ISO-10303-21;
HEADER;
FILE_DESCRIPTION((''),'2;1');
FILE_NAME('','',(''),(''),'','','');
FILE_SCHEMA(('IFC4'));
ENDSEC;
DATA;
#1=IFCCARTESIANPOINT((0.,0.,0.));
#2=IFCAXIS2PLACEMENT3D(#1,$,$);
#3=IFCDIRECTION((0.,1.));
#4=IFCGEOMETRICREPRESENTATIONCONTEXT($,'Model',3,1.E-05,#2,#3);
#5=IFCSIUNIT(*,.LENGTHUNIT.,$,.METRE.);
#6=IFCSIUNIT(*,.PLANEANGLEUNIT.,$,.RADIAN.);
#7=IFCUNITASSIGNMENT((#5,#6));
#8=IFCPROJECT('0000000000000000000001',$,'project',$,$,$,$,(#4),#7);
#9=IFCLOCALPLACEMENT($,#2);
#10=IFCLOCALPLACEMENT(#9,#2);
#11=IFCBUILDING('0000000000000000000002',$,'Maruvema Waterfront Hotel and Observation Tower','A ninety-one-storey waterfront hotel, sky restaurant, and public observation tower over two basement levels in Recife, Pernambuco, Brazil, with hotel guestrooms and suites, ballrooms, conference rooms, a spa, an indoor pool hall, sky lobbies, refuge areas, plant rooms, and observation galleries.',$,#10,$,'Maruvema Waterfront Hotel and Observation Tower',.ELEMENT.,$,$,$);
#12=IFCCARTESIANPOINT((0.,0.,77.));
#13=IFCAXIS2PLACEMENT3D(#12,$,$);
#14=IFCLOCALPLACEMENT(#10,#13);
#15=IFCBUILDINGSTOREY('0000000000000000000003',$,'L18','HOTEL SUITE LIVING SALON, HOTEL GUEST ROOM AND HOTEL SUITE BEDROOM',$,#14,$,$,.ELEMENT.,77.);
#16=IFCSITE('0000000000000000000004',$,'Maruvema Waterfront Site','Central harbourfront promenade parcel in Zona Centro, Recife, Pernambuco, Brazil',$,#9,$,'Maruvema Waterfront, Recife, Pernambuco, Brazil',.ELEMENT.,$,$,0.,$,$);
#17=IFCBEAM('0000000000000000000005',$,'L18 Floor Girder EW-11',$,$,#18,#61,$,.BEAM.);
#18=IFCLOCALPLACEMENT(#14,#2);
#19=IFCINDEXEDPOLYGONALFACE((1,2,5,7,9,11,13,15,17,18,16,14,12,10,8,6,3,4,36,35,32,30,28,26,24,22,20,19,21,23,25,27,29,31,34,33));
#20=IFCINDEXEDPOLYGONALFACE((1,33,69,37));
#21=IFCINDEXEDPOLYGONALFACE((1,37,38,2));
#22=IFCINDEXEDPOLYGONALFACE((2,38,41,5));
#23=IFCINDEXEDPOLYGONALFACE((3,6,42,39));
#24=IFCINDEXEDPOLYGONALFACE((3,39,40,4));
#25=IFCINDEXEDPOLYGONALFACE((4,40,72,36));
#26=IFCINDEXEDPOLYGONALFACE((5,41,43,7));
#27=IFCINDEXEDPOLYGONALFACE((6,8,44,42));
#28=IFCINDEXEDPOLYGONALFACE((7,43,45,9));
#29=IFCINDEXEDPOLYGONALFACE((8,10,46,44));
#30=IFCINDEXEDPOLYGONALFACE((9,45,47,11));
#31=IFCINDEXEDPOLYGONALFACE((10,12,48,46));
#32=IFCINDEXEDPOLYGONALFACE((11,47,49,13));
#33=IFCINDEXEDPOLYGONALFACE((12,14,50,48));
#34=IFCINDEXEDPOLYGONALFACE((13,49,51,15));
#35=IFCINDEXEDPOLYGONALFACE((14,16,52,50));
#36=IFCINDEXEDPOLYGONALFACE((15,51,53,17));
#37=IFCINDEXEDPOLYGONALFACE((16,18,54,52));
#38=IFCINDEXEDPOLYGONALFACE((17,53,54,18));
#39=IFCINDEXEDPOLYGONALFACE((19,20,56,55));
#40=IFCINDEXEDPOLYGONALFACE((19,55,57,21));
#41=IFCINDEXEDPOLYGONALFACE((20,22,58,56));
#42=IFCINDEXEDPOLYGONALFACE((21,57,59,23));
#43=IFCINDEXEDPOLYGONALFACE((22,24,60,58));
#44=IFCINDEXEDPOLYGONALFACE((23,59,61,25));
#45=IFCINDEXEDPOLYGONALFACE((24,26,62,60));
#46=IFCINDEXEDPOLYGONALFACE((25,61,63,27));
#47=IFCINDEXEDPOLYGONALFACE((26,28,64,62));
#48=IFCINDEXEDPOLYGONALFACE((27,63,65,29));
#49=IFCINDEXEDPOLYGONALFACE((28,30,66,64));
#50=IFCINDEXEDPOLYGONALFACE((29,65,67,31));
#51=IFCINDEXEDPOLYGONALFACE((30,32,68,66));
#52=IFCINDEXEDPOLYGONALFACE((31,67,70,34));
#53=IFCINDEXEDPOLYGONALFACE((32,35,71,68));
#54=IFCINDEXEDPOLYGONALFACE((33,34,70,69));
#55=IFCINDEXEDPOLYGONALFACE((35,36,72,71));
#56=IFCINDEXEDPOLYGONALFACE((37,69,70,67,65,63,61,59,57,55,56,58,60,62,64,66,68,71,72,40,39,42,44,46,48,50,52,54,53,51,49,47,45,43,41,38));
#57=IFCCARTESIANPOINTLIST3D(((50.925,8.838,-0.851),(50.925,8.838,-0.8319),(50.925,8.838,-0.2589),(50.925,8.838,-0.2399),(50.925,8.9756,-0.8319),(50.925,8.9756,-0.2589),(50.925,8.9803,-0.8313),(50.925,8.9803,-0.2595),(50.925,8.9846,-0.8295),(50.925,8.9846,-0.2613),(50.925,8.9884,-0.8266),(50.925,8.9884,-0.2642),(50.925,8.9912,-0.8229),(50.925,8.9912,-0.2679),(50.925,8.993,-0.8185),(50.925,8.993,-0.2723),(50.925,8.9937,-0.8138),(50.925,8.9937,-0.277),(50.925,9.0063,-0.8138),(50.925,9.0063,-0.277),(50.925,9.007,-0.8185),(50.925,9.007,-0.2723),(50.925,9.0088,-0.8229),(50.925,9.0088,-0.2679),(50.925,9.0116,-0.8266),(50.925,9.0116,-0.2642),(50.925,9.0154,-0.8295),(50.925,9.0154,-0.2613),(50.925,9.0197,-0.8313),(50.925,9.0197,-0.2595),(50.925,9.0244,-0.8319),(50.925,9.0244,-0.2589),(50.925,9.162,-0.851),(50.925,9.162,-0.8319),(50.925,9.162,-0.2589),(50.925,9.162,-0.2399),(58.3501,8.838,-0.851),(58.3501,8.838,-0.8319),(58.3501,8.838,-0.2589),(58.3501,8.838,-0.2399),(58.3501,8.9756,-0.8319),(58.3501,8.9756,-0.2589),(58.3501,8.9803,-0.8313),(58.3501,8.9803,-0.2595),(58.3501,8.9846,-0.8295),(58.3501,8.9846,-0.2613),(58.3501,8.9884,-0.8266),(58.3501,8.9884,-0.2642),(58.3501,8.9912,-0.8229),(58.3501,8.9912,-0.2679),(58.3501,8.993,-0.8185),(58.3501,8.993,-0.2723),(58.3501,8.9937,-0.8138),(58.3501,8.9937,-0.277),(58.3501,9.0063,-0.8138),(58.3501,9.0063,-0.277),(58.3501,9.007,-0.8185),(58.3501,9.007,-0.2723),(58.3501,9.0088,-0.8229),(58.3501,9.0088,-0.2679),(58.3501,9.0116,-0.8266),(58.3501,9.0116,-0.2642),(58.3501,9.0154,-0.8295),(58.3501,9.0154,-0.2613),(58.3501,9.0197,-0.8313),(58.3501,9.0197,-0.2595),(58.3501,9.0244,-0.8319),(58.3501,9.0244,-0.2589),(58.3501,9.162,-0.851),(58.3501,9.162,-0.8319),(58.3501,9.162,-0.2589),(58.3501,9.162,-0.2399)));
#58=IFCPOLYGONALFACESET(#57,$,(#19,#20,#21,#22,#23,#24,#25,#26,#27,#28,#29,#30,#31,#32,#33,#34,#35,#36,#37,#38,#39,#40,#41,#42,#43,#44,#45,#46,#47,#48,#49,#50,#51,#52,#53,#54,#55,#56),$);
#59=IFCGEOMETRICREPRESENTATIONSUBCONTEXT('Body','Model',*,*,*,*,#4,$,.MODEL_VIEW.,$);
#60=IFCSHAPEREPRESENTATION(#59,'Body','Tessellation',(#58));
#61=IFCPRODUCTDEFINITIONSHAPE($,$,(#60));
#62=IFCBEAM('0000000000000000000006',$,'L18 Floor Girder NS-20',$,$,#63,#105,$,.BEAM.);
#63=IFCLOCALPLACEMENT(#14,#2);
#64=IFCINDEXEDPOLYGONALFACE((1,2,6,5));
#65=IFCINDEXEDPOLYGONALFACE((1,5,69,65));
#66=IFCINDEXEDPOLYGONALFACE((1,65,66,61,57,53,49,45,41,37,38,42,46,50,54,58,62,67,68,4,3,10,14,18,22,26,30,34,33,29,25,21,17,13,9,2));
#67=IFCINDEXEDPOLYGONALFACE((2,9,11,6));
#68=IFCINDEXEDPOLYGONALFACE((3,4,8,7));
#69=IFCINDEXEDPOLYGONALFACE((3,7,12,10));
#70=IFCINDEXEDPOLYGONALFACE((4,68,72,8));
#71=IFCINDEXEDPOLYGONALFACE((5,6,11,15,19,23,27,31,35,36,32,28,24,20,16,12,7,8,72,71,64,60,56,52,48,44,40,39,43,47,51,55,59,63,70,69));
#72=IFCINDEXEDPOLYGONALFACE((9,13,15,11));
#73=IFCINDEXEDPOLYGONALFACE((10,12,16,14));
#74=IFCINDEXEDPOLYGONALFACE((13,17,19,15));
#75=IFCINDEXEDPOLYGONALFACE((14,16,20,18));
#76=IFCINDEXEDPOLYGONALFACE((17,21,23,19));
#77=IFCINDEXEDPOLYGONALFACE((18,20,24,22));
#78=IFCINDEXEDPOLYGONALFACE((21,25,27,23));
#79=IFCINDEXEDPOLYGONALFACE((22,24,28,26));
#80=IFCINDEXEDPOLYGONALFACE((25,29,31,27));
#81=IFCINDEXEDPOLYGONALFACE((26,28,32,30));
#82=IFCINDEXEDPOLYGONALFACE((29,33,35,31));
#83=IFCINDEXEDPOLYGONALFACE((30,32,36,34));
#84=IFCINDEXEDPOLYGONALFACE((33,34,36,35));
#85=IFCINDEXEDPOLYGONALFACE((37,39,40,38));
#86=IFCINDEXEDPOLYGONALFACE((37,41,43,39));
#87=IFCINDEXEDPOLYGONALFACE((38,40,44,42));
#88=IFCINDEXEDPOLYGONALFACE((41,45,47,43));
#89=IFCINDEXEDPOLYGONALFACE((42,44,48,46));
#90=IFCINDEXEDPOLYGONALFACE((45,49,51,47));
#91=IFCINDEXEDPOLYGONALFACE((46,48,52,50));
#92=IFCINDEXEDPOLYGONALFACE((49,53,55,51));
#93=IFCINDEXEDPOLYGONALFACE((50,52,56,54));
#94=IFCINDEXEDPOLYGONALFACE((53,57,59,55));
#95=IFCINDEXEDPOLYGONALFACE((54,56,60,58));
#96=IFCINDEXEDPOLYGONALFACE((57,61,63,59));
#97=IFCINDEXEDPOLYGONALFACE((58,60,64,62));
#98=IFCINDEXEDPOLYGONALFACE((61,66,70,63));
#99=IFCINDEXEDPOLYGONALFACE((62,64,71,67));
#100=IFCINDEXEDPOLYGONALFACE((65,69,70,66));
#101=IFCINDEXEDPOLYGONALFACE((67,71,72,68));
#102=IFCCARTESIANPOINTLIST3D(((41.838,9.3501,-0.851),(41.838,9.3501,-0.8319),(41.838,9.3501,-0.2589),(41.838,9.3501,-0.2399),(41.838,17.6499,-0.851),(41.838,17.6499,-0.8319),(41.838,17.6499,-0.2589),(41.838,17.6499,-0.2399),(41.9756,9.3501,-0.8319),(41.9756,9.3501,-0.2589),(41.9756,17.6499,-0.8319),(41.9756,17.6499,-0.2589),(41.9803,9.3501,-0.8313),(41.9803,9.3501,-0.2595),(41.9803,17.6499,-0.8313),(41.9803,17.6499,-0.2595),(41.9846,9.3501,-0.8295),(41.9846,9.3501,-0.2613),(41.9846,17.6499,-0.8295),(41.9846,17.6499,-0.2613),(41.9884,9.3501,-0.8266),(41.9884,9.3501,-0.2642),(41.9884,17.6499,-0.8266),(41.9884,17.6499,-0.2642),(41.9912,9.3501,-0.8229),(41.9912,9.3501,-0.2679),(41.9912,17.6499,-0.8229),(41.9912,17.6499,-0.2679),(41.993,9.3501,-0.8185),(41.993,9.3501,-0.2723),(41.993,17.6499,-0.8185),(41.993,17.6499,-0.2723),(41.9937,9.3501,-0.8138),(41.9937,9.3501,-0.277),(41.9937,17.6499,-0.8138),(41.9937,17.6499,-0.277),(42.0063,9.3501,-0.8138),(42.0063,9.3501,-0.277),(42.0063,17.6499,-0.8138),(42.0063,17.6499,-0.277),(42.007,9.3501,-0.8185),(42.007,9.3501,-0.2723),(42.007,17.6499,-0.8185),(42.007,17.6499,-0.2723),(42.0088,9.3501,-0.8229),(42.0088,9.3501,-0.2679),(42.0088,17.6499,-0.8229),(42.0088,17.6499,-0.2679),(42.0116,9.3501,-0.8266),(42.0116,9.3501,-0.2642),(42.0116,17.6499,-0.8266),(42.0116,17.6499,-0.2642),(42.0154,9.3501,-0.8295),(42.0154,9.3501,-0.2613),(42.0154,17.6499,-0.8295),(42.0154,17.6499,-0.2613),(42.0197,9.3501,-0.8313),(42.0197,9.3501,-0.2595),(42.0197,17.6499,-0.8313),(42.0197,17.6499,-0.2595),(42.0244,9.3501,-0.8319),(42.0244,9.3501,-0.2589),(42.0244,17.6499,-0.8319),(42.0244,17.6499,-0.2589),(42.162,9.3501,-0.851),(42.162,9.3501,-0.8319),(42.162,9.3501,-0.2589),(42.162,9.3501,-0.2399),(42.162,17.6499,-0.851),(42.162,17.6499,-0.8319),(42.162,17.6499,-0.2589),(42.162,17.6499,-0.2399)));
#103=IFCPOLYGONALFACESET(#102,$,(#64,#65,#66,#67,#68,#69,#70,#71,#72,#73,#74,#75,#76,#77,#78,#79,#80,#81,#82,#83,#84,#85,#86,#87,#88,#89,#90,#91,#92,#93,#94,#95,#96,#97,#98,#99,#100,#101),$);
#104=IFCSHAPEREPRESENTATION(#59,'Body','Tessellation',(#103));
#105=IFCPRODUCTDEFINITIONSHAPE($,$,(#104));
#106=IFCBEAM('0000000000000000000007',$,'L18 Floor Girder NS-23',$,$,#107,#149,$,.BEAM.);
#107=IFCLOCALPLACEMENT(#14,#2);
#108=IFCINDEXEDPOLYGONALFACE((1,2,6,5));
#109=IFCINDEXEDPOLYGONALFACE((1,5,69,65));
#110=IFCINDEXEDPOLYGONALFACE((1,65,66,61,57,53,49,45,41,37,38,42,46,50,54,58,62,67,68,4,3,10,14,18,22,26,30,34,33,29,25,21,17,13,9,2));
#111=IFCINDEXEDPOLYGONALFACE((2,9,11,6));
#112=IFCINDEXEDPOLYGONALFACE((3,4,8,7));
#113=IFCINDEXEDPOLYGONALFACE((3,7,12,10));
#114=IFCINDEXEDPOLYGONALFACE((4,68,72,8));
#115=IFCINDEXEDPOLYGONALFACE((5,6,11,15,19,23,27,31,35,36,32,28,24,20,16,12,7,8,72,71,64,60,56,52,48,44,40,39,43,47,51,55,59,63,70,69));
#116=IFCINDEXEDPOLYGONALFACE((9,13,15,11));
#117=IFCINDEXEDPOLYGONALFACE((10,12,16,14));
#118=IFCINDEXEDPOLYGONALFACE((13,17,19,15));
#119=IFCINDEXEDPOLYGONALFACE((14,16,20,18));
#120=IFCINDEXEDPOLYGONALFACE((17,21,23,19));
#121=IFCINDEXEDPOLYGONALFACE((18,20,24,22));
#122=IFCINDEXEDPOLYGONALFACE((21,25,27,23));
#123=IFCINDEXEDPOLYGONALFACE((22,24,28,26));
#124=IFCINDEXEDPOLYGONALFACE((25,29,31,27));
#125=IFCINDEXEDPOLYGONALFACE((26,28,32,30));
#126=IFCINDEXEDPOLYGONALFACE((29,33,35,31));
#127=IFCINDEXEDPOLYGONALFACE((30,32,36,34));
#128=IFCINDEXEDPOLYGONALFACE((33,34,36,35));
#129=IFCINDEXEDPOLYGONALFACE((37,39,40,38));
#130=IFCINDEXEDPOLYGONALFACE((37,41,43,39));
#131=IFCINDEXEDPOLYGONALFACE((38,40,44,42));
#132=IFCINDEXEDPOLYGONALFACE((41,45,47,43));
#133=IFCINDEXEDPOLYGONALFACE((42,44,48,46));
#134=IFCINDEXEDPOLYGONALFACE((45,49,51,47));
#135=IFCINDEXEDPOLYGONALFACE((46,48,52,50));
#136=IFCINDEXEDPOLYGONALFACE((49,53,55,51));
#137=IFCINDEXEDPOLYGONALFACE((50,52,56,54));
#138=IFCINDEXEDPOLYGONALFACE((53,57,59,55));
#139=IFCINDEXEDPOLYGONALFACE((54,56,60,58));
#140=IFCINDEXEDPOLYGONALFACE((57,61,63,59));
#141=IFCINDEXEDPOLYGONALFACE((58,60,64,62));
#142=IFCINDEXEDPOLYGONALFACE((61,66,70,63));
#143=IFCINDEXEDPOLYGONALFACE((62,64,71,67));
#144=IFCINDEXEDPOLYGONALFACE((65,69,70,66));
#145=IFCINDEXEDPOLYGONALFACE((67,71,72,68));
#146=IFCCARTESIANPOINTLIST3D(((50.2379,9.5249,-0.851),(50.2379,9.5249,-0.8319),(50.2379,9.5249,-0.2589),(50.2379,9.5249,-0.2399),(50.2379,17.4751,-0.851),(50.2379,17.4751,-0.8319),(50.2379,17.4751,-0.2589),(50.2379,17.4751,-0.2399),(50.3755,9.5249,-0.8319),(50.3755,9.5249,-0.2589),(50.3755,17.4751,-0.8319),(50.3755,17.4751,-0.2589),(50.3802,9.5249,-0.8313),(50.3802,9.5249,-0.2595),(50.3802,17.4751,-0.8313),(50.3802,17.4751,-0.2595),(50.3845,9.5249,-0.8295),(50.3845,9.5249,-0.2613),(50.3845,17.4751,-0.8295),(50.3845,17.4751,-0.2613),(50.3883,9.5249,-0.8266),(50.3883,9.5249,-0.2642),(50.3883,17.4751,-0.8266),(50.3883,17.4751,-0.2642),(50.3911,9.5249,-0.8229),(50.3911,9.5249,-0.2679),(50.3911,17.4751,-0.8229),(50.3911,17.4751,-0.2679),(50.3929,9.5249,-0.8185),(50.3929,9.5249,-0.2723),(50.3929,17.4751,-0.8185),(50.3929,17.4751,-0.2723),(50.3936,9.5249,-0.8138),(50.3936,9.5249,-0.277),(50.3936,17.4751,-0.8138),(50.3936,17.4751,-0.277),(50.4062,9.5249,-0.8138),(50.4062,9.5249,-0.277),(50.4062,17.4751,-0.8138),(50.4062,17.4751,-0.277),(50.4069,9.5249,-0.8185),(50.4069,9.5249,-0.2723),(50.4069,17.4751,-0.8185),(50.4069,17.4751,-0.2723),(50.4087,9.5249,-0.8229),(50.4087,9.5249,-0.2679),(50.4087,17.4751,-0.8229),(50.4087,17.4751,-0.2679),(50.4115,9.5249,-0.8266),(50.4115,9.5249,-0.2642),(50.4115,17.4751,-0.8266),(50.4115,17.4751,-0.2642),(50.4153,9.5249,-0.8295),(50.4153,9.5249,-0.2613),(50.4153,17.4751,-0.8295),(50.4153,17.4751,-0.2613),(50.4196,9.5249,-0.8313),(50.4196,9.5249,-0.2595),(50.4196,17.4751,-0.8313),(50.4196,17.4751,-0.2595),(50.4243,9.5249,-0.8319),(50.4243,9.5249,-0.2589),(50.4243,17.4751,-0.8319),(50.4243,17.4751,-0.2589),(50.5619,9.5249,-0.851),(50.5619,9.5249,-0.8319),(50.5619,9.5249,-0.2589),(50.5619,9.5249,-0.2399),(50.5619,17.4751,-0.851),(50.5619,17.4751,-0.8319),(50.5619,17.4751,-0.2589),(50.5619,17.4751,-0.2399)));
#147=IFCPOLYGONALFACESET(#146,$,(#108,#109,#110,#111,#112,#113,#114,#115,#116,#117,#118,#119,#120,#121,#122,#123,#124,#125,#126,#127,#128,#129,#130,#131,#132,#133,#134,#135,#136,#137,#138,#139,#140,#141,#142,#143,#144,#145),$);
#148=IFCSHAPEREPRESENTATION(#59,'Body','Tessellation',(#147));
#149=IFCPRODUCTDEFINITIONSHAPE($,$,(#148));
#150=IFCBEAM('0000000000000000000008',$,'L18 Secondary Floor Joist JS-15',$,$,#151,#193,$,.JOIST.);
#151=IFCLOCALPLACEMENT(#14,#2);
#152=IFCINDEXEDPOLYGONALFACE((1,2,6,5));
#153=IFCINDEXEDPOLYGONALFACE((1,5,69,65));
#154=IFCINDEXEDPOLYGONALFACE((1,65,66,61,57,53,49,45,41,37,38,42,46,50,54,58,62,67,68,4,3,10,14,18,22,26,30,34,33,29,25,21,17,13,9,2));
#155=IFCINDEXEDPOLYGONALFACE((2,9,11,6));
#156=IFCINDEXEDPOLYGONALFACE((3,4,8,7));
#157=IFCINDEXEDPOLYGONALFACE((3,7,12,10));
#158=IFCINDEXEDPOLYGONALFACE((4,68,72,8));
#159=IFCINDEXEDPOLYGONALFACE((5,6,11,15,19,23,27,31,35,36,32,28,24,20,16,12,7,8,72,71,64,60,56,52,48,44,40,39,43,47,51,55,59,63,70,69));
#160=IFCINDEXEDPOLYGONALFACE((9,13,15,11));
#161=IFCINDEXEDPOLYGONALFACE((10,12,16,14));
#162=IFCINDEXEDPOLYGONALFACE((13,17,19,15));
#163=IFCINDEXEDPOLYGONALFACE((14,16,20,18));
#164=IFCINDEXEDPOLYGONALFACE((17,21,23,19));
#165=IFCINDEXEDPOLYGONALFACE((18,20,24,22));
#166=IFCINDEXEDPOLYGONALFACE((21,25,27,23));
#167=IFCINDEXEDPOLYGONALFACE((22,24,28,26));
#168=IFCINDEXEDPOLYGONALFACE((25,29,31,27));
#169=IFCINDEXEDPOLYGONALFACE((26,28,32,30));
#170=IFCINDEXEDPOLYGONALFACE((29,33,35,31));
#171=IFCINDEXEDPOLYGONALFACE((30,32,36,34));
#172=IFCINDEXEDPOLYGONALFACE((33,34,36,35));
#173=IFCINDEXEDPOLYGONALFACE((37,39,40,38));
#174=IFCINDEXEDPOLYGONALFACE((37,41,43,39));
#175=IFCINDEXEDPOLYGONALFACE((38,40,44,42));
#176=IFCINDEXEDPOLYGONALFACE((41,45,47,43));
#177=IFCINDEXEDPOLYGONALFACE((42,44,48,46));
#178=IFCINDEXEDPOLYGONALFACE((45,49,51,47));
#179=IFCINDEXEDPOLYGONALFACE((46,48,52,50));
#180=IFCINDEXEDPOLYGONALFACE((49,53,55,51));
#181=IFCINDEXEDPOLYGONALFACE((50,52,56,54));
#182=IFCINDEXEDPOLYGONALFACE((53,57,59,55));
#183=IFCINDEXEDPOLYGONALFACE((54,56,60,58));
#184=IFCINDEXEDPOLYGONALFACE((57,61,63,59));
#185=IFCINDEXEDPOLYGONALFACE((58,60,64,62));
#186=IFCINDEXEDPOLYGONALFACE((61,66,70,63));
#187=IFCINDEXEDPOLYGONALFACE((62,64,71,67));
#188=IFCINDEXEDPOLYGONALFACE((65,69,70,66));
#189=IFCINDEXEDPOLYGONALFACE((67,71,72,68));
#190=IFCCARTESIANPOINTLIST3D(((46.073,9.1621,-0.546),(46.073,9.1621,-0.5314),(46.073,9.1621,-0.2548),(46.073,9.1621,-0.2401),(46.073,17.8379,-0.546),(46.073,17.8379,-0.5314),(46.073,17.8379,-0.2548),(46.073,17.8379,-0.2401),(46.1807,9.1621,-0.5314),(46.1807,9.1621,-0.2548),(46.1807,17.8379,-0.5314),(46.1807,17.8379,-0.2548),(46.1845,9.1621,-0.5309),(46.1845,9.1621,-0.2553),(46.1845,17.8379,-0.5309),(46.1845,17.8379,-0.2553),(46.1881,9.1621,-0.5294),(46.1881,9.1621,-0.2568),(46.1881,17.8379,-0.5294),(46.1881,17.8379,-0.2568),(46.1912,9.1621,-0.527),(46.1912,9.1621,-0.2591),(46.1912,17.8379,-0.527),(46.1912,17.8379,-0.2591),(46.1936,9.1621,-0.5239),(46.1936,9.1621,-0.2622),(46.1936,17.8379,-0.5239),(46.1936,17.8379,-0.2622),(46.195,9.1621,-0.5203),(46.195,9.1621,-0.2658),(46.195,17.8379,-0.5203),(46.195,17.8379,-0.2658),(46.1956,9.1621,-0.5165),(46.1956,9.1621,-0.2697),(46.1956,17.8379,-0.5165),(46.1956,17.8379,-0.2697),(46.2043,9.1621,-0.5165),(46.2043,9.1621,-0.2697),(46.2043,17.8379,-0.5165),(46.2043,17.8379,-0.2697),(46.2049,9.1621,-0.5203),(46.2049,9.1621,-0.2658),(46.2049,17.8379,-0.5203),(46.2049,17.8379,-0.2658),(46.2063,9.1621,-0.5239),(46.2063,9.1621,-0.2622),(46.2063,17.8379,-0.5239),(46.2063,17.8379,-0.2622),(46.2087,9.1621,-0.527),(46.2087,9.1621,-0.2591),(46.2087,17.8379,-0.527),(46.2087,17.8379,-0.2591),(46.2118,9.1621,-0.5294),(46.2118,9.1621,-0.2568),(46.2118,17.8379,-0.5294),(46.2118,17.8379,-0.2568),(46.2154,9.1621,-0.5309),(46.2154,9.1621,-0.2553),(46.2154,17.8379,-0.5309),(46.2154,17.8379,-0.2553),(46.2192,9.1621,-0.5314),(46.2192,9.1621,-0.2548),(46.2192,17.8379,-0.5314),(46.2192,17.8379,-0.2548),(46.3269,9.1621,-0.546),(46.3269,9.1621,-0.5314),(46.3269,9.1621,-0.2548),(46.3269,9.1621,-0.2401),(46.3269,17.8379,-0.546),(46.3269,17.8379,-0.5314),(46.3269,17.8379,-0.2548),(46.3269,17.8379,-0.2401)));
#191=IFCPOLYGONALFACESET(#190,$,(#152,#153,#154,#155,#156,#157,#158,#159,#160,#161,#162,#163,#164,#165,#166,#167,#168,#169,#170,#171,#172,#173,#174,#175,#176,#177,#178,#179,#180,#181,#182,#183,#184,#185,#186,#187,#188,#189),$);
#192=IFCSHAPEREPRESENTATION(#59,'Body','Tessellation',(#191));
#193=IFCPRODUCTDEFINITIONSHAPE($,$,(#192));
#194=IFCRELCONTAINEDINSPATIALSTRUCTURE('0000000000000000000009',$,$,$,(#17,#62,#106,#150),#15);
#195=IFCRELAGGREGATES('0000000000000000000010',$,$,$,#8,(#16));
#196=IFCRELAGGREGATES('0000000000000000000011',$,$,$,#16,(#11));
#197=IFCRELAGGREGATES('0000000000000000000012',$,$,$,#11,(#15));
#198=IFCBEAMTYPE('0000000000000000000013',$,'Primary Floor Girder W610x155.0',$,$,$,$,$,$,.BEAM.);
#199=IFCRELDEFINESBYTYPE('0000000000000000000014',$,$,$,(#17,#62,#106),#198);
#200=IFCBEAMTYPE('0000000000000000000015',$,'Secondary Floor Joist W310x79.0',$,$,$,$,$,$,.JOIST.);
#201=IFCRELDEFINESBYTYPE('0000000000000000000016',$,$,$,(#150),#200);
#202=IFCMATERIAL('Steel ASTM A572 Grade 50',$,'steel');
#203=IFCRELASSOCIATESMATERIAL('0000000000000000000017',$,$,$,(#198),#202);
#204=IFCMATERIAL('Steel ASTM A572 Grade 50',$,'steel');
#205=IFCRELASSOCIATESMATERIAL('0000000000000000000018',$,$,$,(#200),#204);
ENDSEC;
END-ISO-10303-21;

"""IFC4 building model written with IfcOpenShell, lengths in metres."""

from ifc_helpers import new_model, si_unit, direction, frame, origin, origin_2d, place, context, subcontext, project, spatial, i_section, extrude, material, material_profile, profile_set, type_object, element, save


model = new_model("IFC4")

# Units and contexts
model_context = context("Model", 3, precision=1e-05, world=origin(), true_north=direction((0.0, 1.0)))
body_context = subcontext(model_context, "Body", "Model", "MODEL_VIEW")
ifc_project = project(units=[si_unit("LENGTHUNIT", "METRE"), si_unit("PLANEANGLEUNIT", "RADIAN")], contexts=[model_context])

# Site, building, storey
site_placement = place(None, origin())
site = spatial("IfcSite", under=ifc_project, at=site_placement, Name="Maruvema Waterfront Site", Description="Central harbourfront promenade parcel in Zona Centro, Recife, Pernambuco, Brazil", LongName="Maruvema Waterfront, Recife, Pernambuco, Brazil", CompositionType="ELEMENT", RefElevation=0.0)
building_placement = place(site_placement, origin())
building = spatial("IfcBuilding", under=site, at=building_placement, Name="Maruvema Waterfront Hotel and Observation Tower", Description="A ninety-one-storey waterfront hotel, sky restaurant, and public observation tower over two basement levels in Recife, Pernambuco, Brazil, with hotel guestrooms and suites, ballrooms, conference rooms, a spa, an indoor pool hall, sky lobbies, refuge areas, plant rooms, and observation galleries.", LongName="Maruvema Waterfront Hotel and Observation Tower", CompositionType="ELEMENT")
storey_placement = place(building_placement, frame((0.0, 0.0, 77.0)))
storey = spatial("IfcBuildingStorey", under=building, at=storey_placement, Name="L18", Description="HOTEL SUITE LIVING SALON, HOTEL GUEST ROOM AND HOTEL SUITE BEDROOM", CompositionType="ELEMENT", Elevation=77.0)

# Beams
ifc_material_1 = material(Name="Steel ASTM A572 Grade 50", Category="steel")
ifc_material_profile_1 = material_profile(ifc_material_1, i_section(OverallWidth=0.324, OverallDepth=0.6111, WebThickness=0.0127, FlangeThickness=0.019, FilletRadius=0.0181, at=origin_2d()), Name="W610x155.0")
ifc_profile_set_1 = profile_set([ifc_material_profile_1], Name="Steel ASTM A572 Grade 50")
beam_type_1 = type_object("IfcBeamType", Name="Primary Floor Girder W610x155.0", PredefinedType="BEAM", material=ifc_profile_set_1)
beam_1_placement = place(storey_placement, frame((50.925, 9.0, -0.5454), z_axis=(1.0, 0.0, 0.0), x_axis=(0.0, 1.0, 0.0)))
element("IfcBeam", 1, at=beam_1_placement, inside=storey, type_object=beam_type_1, Name="L18 Floor Girder EW-11", PredefinedType="BEAM", context=body_context, shape_type="SweptSolid", body=[
    extrude(i_section(OverallWidth=0.324, OverallDepth=0.6111, WebThickness=0.0127, FlangeThickness=0.019, FilletRadius=0.0181, at=origin_2d()), origin(), (0.0, 0.0, 1.0), 7.425),
])
beam_2_placement = place(storey_placement, frame((42.0, 9.3501, -0.5454), z_axis=(0.0, 1.0, 0.0), x_axis=(-1.0, 0.0, 0.0)))
element("IfcBeam", 2, at=beam_2_placement, inside=storey, type_object=beam_type_1, Name="L18 Floor Girder NS-20", PredefinedType="BEAM", context=body_context, shape_type="SweptSolid", body=[
    extrude(i_section(OverallWidth=0.324, OverallDepth=0.6111, WebThickness=0.0127, FlangeThickness=0.019, FilletRadius=0.0181, at=origin_2d()), origin(), (0.0, 0.0, 1.0), 8.2998),
])
beam_3_placement = place(storey_placement, frame((50.3999, 9.5249, -0.5454), z_axis=(0.0, 1.0, 0.0), x_axis=(-1.0, 0.0, 0.0)))
element("IfcBeam", 3, at=beam_3_placement, inside=storey, type_object=beam_type_1, Name="L18 Floor Girder NS-23", PredefinedType="BEAM", context=body_context, shape_type="SweptSolid", body=[
    extrude(i_section(OverallWidth=0.324, OverallDepth=0.6111, WebThickness=0.0127, FlangeThickness=0.019, FilletRadius=0.0181, at=origin_2d()), origin(), (0.0, 0.0, 1.0), 7.9502),
])
ifc_material_2 = material(Name="Steel ASTM A572 Grade 50", Category="steel")
ifc_material_profile_2 = material_profile(ifc_material_2, i_section(OverallWidth=0.2539, OverallDepth=0.3059, WebThickness=0.0088, FlangeThickness=0.0146, FilletRadius=0.0149, at=origin_2d()), Name="W310x79.0")
ifc_profile_set_2 = profile_set([ifc_material_profile_2], Name="Steel ASTM A572 Grade 50")
beam_type_2 = type_object("IfcBeamType", Name="Secondary Floor Joist W310x79.0", PredefinedType="JOIST", material=ifc_profile_set_2)
beam_4_placement = place(storey_placement, frame((46.2, 9.1621, -0.3931), z_axis=(0.0, 1.0, 0.0), x_axis=(-1.0, 0.0, 0.0)))
element("IfcBeam", 4, at=beam_4_placement, inside=storey, type_object=beam_type_2, Name="L18 Secondary Floor Joist JS-15", PredefinedType="JOIST", context=body_context, shape_type="SweptSolid", body=[
    extrude(i_section(OverallWidth=0.2539, OverallDepth=0.3059, WebThickness=0.0088, FlangeThickness=0.0146, FilletRadius=0.0149, at=origin_2d()), origin(), (0.0, 0.0, 1.0), 8.6758),
])

save(model, "model.ifc")
